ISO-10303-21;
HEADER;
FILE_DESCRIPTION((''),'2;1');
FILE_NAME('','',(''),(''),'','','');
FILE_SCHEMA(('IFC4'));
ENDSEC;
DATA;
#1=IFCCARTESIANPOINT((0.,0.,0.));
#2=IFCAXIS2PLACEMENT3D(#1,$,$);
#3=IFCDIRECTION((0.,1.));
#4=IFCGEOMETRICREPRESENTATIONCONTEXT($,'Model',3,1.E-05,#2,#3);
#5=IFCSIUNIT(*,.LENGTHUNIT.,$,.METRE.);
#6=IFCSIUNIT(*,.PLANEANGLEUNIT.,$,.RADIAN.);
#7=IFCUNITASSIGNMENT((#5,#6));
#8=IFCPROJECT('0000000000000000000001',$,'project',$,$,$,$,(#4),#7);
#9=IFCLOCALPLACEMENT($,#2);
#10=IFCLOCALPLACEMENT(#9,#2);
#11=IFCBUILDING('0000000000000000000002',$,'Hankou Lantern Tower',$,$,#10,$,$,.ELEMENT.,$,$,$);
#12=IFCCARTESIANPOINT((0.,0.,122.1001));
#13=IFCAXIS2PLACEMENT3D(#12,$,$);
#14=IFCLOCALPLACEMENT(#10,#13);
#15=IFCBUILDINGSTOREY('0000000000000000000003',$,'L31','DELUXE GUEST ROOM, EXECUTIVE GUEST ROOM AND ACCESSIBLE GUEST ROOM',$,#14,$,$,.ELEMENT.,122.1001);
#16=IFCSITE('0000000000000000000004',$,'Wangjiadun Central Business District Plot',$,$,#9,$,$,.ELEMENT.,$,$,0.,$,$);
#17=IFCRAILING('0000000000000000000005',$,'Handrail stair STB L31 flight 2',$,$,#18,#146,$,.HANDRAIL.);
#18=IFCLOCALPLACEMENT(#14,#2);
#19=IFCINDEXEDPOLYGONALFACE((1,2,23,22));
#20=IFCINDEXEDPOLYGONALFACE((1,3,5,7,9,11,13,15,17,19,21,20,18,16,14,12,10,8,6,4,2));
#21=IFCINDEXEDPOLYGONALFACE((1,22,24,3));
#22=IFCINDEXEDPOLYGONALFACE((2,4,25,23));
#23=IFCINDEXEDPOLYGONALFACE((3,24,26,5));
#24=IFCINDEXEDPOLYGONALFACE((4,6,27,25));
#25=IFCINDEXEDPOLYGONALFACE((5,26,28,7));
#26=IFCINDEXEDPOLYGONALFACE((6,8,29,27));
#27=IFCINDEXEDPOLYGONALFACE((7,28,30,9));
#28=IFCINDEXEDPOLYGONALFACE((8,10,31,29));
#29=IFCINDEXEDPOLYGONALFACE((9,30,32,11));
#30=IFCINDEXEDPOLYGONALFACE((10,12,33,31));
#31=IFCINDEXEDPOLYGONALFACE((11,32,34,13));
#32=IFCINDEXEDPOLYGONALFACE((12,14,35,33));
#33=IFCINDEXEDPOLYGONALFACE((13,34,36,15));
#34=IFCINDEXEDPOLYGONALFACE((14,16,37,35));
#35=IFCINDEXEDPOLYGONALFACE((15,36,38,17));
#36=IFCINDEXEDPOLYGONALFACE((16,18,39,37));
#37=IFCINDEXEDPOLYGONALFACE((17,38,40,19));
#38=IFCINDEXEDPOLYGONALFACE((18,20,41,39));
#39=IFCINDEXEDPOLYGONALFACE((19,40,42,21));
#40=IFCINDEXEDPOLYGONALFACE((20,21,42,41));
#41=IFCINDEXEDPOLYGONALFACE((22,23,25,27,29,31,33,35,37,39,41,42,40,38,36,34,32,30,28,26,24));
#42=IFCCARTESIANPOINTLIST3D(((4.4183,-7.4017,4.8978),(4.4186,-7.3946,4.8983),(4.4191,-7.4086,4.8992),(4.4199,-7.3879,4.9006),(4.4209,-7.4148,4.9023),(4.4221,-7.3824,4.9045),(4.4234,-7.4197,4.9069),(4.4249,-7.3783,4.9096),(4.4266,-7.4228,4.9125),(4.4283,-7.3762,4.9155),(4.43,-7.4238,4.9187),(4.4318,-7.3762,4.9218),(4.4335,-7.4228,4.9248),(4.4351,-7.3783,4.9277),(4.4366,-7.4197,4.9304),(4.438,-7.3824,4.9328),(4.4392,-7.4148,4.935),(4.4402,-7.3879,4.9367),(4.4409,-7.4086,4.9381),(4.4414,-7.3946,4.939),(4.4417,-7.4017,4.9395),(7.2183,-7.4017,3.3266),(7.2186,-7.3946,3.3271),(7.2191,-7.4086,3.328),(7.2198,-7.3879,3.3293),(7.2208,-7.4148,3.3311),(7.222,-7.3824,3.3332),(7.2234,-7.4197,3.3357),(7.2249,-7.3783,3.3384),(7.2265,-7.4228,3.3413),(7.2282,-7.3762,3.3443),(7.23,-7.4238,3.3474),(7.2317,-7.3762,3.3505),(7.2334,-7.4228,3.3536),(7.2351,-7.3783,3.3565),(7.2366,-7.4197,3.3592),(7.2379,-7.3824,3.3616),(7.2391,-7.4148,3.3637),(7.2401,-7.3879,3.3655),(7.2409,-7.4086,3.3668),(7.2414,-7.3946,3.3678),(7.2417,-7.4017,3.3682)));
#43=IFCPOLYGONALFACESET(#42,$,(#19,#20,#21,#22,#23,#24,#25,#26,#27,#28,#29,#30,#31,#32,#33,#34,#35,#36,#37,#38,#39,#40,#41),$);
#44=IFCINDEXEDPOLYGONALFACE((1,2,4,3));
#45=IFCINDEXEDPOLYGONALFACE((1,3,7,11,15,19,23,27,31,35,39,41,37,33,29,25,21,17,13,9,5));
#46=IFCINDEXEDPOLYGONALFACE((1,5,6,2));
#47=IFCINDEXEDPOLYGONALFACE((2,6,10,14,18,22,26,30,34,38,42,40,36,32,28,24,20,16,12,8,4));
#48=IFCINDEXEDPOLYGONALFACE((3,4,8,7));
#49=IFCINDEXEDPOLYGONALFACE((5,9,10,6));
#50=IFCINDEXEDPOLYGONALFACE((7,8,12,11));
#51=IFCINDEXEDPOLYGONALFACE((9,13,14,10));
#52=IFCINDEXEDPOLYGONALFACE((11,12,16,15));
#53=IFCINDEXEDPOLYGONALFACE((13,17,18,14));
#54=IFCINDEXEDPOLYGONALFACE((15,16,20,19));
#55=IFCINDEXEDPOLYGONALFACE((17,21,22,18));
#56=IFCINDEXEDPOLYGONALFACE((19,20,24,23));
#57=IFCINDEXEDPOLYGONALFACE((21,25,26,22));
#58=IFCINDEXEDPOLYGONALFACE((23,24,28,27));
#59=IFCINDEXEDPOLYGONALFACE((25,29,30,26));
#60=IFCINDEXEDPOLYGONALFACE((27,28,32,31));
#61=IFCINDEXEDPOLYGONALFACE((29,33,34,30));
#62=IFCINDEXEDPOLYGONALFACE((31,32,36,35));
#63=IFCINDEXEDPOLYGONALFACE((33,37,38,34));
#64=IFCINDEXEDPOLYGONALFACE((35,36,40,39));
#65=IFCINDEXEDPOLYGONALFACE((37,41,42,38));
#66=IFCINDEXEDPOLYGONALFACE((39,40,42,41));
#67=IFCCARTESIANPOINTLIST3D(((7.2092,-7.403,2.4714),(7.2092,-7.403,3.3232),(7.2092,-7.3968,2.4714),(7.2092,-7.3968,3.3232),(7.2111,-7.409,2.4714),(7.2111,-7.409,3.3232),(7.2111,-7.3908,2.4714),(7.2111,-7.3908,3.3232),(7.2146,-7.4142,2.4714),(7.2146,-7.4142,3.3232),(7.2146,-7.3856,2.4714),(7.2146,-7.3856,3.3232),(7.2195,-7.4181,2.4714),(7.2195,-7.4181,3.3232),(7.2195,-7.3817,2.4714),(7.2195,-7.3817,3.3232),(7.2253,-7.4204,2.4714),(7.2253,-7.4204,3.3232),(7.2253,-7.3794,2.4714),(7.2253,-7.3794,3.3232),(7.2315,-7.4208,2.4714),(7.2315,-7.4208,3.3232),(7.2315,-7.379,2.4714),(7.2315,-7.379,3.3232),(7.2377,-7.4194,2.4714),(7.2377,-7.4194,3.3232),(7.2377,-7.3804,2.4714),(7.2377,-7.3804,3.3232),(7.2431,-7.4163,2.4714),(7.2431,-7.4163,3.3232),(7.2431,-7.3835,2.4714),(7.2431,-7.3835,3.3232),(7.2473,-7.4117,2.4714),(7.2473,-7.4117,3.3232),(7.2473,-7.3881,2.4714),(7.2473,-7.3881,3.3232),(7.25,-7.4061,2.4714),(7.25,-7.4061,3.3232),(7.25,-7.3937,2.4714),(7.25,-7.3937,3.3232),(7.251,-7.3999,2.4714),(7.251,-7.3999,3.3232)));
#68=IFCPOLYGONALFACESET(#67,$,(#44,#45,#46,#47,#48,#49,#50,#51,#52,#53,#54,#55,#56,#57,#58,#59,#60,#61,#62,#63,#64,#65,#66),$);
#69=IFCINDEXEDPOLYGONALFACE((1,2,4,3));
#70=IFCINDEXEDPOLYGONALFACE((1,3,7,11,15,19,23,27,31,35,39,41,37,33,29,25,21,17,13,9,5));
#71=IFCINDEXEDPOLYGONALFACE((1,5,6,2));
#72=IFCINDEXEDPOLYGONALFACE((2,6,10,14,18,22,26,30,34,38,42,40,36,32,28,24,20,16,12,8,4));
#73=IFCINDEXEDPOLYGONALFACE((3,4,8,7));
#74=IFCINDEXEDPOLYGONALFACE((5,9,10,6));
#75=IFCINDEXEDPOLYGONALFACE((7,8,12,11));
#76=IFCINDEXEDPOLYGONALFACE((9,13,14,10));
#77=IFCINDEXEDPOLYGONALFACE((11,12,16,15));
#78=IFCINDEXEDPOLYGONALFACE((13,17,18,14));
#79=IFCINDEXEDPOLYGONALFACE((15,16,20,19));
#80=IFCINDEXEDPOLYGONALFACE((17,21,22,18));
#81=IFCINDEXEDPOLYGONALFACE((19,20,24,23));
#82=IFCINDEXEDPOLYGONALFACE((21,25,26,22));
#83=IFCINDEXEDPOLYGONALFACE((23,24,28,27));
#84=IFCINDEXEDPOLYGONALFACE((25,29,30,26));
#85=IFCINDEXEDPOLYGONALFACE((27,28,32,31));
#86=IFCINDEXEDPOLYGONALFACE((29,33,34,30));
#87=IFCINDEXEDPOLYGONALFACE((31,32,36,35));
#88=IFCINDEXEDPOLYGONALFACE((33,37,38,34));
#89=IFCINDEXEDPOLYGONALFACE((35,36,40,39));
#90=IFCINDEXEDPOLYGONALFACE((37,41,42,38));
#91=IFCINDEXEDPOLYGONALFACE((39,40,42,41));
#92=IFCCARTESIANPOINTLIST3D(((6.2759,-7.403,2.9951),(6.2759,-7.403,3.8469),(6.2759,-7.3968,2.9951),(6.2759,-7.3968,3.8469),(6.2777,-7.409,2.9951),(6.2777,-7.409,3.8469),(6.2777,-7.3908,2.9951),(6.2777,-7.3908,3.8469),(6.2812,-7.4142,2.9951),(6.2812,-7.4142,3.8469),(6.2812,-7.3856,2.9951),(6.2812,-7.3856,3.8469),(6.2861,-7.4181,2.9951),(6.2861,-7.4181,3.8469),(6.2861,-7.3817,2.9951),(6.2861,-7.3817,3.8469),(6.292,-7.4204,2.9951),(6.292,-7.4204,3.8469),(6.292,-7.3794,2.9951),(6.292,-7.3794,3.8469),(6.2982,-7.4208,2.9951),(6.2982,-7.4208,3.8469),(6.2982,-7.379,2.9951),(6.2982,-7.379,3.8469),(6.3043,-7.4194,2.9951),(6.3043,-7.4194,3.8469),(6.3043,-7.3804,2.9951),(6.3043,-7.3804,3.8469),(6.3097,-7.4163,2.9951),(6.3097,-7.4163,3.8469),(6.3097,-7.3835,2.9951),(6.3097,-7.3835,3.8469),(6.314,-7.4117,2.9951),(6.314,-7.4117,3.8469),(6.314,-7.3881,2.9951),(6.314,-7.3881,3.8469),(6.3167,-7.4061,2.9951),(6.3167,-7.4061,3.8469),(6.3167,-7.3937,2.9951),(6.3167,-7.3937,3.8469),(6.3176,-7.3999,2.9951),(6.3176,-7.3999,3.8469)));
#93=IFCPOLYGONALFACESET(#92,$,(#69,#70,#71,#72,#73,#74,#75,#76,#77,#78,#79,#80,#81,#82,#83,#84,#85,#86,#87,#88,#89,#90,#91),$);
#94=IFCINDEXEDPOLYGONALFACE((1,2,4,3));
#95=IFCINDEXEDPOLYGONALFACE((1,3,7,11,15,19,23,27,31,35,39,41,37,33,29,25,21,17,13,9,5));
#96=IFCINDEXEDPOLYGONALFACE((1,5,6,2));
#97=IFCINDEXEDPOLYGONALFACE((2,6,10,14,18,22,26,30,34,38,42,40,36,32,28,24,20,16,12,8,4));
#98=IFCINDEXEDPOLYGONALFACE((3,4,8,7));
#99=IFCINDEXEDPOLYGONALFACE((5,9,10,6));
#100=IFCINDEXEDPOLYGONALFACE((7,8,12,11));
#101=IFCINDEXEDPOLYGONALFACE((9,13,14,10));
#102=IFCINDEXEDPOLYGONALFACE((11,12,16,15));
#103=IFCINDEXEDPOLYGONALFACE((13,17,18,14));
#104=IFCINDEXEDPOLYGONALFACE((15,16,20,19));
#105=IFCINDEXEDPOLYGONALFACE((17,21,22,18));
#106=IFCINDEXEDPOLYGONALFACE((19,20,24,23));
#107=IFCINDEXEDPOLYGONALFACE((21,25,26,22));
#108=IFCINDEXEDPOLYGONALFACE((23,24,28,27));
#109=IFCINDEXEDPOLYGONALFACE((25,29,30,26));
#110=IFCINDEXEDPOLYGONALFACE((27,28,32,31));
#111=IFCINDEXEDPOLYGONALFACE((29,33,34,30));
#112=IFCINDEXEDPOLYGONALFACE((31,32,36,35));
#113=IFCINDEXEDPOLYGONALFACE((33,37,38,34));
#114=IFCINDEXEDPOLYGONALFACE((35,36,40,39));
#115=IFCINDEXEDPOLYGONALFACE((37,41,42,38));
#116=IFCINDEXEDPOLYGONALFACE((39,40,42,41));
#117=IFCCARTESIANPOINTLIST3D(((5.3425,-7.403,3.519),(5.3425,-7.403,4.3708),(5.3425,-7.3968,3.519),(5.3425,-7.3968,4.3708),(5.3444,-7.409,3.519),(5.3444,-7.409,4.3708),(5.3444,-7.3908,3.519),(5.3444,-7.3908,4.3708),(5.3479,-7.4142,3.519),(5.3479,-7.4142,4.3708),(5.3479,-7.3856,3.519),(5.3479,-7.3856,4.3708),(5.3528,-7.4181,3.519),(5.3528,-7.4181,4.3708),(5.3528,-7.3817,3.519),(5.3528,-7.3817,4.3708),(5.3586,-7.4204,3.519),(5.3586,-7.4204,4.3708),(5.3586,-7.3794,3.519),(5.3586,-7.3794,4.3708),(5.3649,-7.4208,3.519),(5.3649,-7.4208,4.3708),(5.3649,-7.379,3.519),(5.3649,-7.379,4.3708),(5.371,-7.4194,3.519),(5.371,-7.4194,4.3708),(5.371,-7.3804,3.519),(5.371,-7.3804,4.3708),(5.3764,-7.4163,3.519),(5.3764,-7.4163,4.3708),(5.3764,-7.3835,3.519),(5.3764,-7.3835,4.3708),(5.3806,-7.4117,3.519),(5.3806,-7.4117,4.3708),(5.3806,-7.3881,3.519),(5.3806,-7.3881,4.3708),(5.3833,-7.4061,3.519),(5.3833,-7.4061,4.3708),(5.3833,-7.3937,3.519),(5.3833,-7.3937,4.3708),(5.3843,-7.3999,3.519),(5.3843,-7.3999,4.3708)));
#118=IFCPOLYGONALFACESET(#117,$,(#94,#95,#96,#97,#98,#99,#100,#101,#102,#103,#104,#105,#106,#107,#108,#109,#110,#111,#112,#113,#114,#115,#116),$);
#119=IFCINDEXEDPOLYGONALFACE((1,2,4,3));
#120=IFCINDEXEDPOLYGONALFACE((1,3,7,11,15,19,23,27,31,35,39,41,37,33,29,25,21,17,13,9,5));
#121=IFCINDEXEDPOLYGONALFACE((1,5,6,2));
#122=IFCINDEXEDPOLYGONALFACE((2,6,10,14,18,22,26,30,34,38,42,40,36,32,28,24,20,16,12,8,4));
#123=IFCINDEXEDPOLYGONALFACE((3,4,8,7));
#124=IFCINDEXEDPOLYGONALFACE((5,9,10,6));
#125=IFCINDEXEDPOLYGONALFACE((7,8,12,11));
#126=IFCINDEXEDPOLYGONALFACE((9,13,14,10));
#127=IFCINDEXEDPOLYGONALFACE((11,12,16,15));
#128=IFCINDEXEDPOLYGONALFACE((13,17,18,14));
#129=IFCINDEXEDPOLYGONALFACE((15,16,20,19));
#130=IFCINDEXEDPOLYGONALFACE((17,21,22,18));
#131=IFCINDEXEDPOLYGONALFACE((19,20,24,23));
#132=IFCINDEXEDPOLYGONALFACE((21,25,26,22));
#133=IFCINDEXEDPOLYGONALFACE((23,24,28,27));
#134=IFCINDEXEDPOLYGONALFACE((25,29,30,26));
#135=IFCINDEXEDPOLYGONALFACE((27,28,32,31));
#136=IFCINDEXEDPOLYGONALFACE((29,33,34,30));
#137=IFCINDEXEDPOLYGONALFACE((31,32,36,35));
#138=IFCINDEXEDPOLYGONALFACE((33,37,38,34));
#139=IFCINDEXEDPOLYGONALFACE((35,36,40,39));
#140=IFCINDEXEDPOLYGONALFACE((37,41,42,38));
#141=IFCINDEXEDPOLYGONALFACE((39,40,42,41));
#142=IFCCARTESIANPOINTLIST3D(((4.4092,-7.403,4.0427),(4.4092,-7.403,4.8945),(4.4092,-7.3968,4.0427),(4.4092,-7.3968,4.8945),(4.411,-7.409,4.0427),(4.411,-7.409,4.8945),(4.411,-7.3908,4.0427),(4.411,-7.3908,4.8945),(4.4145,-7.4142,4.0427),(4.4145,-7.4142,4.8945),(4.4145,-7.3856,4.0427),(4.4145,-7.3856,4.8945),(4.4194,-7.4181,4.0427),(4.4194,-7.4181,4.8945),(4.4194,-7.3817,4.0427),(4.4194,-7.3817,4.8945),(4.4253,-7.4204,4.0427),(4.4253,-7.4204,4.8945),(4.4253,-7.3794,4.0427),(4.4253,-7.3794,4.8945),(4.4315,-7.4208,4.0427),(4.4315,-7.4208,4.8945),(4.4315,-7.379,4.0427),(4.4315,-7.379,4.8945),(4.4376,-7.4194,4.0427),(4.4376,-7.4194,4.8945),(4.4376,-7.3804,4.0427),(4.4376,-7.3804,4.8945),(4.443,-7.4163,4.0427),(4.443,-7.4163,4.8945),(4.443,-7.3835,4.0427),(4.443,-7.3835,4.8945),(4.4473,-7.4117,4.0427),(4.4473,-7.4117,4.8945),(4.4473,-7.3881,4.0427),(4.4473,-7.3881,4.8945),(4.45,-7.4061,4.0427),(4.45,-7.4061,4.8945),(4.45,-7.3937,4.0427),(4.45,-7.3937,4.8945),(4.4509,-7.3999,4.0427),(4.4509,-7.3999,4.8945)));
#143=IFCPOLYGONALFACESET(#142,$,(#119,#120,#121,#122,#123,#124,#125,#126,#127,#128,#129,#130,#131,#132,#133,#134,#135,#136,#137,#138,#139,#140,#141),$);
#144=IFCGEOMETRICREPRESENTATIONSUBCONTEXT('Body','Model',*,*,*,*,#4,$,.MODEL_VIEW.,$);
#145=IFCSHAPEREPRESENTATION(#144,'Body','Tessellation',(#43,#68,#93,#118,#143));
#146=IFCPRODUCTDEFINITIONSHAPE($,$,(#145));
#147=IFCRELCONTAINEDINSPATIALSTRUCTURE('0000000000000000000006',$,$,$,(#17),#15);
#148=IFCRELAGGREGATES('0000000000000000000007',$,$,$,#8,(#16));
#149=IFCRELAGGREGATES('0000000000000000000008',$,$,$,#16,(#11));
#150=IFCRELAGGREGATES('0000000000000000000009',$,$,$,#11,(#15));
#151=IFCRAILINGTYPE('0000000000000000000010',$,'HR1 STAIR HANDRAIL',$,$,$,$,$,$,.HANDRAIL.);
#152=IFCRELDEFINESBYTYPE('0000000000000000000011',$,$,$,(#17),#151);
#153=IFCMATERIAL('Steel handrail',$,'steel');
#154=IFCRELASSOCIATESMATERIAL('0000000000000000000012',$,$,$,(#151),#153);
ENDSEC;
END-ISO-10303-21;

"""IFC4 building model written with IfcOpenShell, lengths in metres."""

from ifc_helpers import new_model, si_unit, direction, frame, origin, origin_2d, place, context, subcontext, project, spatial, circle, extrude, material, type_object, element, save


model = new_model("IFC4")

# Units and contexts
model_context = context("Model", 3, precision=1e-05, world=origin(), true_north=direction((0.0, 1.0)))
body_context = subcontext(model_context, "Body", "Model", "MODEL_VIEW")
ifc_project = project(units=[si_unit("LENGTHUNIT", "METRE"), si_unit("PLANEANGLEUNIT", "RADIAN")], contexts=[model_context])

# Site, building, storey
site_placement = place(None, origin())
site = spatial("IfcSite", under=ifc_project, at=site_placement, Name="Wangjiadun Central Business District Plot", CompositionType="ELEMENT", RefElevation=0.0)
building_placement = place(site_placement, origin())
building = spatial("IfcBuilding", under=site, at=building_placement, Name="Hankou Lantern Tower", CompositionType="ELEMENT")
storey_placement = place(building_placement, frame((0.0, 0.0, 122.1001)))
storey = spatial("IfcBuildingStorey", under=building, at=storey_placement, Name="L31", Description="DELUXE GUEST ROOM, EXECUTIVE GUEST ROOM AND ACCESSIBLE GUEST ROOM", CompositionType="ELEMENT", Elevation=122.1001)

# Railing
ifc_material_1 = material(Name="Steel handrail", Category="steel")
railing_type = type_object("IfcRailingType", Name="HR1 STAIR HANDRAIL", PredefinedType="HANDRAIL", material=ifc_material_1)
railing_1_placement = place(storey_placement, frame((7.23, -7.3999, 2.4714)))
element("IfcRailing", 1, at=railing_1_placement, inside=storey, type_object=railing_type, Name="Handrail stair STB L31 flight 2", PredefinedType="HANDRAIL", context=body_context, shape_type="SweptSolid", body=[
    extrude(circle(Radius=0.0239, at=origin_2d()), frame((0.0, 0.0, 0.876), z_axis=(-0.872073, 0.0, 0.489377), x_axis=(0.0, -1.0, 0.0)), (0.0, 0.0, 1.0), 3.2107),
    extrude(circle(Radius=0.021, at=origin_2d()), origin(), (0.0, 0.0, 1.0), 0.8518),
    extrude(circle(Radius=0.021, at=origin_2d()), frame((-0.9333, 0.0, 0.5237)), (0.0, 0.0, 1.0), 0.8518),
    extrude(circle(Radius=0.021, at=origin_2d()), frame((-1.8667, 0.0, 1.0476)), (0.0, 0.0, 1.0), 0.8518),
    extrude(circle(Radius=0.021, at=origin_2d()), frame((-2.8, 0.0, 1.5713)), (0.0, 0.0, 1.0), 0.8518),
])

save(model, "model.ifc")
